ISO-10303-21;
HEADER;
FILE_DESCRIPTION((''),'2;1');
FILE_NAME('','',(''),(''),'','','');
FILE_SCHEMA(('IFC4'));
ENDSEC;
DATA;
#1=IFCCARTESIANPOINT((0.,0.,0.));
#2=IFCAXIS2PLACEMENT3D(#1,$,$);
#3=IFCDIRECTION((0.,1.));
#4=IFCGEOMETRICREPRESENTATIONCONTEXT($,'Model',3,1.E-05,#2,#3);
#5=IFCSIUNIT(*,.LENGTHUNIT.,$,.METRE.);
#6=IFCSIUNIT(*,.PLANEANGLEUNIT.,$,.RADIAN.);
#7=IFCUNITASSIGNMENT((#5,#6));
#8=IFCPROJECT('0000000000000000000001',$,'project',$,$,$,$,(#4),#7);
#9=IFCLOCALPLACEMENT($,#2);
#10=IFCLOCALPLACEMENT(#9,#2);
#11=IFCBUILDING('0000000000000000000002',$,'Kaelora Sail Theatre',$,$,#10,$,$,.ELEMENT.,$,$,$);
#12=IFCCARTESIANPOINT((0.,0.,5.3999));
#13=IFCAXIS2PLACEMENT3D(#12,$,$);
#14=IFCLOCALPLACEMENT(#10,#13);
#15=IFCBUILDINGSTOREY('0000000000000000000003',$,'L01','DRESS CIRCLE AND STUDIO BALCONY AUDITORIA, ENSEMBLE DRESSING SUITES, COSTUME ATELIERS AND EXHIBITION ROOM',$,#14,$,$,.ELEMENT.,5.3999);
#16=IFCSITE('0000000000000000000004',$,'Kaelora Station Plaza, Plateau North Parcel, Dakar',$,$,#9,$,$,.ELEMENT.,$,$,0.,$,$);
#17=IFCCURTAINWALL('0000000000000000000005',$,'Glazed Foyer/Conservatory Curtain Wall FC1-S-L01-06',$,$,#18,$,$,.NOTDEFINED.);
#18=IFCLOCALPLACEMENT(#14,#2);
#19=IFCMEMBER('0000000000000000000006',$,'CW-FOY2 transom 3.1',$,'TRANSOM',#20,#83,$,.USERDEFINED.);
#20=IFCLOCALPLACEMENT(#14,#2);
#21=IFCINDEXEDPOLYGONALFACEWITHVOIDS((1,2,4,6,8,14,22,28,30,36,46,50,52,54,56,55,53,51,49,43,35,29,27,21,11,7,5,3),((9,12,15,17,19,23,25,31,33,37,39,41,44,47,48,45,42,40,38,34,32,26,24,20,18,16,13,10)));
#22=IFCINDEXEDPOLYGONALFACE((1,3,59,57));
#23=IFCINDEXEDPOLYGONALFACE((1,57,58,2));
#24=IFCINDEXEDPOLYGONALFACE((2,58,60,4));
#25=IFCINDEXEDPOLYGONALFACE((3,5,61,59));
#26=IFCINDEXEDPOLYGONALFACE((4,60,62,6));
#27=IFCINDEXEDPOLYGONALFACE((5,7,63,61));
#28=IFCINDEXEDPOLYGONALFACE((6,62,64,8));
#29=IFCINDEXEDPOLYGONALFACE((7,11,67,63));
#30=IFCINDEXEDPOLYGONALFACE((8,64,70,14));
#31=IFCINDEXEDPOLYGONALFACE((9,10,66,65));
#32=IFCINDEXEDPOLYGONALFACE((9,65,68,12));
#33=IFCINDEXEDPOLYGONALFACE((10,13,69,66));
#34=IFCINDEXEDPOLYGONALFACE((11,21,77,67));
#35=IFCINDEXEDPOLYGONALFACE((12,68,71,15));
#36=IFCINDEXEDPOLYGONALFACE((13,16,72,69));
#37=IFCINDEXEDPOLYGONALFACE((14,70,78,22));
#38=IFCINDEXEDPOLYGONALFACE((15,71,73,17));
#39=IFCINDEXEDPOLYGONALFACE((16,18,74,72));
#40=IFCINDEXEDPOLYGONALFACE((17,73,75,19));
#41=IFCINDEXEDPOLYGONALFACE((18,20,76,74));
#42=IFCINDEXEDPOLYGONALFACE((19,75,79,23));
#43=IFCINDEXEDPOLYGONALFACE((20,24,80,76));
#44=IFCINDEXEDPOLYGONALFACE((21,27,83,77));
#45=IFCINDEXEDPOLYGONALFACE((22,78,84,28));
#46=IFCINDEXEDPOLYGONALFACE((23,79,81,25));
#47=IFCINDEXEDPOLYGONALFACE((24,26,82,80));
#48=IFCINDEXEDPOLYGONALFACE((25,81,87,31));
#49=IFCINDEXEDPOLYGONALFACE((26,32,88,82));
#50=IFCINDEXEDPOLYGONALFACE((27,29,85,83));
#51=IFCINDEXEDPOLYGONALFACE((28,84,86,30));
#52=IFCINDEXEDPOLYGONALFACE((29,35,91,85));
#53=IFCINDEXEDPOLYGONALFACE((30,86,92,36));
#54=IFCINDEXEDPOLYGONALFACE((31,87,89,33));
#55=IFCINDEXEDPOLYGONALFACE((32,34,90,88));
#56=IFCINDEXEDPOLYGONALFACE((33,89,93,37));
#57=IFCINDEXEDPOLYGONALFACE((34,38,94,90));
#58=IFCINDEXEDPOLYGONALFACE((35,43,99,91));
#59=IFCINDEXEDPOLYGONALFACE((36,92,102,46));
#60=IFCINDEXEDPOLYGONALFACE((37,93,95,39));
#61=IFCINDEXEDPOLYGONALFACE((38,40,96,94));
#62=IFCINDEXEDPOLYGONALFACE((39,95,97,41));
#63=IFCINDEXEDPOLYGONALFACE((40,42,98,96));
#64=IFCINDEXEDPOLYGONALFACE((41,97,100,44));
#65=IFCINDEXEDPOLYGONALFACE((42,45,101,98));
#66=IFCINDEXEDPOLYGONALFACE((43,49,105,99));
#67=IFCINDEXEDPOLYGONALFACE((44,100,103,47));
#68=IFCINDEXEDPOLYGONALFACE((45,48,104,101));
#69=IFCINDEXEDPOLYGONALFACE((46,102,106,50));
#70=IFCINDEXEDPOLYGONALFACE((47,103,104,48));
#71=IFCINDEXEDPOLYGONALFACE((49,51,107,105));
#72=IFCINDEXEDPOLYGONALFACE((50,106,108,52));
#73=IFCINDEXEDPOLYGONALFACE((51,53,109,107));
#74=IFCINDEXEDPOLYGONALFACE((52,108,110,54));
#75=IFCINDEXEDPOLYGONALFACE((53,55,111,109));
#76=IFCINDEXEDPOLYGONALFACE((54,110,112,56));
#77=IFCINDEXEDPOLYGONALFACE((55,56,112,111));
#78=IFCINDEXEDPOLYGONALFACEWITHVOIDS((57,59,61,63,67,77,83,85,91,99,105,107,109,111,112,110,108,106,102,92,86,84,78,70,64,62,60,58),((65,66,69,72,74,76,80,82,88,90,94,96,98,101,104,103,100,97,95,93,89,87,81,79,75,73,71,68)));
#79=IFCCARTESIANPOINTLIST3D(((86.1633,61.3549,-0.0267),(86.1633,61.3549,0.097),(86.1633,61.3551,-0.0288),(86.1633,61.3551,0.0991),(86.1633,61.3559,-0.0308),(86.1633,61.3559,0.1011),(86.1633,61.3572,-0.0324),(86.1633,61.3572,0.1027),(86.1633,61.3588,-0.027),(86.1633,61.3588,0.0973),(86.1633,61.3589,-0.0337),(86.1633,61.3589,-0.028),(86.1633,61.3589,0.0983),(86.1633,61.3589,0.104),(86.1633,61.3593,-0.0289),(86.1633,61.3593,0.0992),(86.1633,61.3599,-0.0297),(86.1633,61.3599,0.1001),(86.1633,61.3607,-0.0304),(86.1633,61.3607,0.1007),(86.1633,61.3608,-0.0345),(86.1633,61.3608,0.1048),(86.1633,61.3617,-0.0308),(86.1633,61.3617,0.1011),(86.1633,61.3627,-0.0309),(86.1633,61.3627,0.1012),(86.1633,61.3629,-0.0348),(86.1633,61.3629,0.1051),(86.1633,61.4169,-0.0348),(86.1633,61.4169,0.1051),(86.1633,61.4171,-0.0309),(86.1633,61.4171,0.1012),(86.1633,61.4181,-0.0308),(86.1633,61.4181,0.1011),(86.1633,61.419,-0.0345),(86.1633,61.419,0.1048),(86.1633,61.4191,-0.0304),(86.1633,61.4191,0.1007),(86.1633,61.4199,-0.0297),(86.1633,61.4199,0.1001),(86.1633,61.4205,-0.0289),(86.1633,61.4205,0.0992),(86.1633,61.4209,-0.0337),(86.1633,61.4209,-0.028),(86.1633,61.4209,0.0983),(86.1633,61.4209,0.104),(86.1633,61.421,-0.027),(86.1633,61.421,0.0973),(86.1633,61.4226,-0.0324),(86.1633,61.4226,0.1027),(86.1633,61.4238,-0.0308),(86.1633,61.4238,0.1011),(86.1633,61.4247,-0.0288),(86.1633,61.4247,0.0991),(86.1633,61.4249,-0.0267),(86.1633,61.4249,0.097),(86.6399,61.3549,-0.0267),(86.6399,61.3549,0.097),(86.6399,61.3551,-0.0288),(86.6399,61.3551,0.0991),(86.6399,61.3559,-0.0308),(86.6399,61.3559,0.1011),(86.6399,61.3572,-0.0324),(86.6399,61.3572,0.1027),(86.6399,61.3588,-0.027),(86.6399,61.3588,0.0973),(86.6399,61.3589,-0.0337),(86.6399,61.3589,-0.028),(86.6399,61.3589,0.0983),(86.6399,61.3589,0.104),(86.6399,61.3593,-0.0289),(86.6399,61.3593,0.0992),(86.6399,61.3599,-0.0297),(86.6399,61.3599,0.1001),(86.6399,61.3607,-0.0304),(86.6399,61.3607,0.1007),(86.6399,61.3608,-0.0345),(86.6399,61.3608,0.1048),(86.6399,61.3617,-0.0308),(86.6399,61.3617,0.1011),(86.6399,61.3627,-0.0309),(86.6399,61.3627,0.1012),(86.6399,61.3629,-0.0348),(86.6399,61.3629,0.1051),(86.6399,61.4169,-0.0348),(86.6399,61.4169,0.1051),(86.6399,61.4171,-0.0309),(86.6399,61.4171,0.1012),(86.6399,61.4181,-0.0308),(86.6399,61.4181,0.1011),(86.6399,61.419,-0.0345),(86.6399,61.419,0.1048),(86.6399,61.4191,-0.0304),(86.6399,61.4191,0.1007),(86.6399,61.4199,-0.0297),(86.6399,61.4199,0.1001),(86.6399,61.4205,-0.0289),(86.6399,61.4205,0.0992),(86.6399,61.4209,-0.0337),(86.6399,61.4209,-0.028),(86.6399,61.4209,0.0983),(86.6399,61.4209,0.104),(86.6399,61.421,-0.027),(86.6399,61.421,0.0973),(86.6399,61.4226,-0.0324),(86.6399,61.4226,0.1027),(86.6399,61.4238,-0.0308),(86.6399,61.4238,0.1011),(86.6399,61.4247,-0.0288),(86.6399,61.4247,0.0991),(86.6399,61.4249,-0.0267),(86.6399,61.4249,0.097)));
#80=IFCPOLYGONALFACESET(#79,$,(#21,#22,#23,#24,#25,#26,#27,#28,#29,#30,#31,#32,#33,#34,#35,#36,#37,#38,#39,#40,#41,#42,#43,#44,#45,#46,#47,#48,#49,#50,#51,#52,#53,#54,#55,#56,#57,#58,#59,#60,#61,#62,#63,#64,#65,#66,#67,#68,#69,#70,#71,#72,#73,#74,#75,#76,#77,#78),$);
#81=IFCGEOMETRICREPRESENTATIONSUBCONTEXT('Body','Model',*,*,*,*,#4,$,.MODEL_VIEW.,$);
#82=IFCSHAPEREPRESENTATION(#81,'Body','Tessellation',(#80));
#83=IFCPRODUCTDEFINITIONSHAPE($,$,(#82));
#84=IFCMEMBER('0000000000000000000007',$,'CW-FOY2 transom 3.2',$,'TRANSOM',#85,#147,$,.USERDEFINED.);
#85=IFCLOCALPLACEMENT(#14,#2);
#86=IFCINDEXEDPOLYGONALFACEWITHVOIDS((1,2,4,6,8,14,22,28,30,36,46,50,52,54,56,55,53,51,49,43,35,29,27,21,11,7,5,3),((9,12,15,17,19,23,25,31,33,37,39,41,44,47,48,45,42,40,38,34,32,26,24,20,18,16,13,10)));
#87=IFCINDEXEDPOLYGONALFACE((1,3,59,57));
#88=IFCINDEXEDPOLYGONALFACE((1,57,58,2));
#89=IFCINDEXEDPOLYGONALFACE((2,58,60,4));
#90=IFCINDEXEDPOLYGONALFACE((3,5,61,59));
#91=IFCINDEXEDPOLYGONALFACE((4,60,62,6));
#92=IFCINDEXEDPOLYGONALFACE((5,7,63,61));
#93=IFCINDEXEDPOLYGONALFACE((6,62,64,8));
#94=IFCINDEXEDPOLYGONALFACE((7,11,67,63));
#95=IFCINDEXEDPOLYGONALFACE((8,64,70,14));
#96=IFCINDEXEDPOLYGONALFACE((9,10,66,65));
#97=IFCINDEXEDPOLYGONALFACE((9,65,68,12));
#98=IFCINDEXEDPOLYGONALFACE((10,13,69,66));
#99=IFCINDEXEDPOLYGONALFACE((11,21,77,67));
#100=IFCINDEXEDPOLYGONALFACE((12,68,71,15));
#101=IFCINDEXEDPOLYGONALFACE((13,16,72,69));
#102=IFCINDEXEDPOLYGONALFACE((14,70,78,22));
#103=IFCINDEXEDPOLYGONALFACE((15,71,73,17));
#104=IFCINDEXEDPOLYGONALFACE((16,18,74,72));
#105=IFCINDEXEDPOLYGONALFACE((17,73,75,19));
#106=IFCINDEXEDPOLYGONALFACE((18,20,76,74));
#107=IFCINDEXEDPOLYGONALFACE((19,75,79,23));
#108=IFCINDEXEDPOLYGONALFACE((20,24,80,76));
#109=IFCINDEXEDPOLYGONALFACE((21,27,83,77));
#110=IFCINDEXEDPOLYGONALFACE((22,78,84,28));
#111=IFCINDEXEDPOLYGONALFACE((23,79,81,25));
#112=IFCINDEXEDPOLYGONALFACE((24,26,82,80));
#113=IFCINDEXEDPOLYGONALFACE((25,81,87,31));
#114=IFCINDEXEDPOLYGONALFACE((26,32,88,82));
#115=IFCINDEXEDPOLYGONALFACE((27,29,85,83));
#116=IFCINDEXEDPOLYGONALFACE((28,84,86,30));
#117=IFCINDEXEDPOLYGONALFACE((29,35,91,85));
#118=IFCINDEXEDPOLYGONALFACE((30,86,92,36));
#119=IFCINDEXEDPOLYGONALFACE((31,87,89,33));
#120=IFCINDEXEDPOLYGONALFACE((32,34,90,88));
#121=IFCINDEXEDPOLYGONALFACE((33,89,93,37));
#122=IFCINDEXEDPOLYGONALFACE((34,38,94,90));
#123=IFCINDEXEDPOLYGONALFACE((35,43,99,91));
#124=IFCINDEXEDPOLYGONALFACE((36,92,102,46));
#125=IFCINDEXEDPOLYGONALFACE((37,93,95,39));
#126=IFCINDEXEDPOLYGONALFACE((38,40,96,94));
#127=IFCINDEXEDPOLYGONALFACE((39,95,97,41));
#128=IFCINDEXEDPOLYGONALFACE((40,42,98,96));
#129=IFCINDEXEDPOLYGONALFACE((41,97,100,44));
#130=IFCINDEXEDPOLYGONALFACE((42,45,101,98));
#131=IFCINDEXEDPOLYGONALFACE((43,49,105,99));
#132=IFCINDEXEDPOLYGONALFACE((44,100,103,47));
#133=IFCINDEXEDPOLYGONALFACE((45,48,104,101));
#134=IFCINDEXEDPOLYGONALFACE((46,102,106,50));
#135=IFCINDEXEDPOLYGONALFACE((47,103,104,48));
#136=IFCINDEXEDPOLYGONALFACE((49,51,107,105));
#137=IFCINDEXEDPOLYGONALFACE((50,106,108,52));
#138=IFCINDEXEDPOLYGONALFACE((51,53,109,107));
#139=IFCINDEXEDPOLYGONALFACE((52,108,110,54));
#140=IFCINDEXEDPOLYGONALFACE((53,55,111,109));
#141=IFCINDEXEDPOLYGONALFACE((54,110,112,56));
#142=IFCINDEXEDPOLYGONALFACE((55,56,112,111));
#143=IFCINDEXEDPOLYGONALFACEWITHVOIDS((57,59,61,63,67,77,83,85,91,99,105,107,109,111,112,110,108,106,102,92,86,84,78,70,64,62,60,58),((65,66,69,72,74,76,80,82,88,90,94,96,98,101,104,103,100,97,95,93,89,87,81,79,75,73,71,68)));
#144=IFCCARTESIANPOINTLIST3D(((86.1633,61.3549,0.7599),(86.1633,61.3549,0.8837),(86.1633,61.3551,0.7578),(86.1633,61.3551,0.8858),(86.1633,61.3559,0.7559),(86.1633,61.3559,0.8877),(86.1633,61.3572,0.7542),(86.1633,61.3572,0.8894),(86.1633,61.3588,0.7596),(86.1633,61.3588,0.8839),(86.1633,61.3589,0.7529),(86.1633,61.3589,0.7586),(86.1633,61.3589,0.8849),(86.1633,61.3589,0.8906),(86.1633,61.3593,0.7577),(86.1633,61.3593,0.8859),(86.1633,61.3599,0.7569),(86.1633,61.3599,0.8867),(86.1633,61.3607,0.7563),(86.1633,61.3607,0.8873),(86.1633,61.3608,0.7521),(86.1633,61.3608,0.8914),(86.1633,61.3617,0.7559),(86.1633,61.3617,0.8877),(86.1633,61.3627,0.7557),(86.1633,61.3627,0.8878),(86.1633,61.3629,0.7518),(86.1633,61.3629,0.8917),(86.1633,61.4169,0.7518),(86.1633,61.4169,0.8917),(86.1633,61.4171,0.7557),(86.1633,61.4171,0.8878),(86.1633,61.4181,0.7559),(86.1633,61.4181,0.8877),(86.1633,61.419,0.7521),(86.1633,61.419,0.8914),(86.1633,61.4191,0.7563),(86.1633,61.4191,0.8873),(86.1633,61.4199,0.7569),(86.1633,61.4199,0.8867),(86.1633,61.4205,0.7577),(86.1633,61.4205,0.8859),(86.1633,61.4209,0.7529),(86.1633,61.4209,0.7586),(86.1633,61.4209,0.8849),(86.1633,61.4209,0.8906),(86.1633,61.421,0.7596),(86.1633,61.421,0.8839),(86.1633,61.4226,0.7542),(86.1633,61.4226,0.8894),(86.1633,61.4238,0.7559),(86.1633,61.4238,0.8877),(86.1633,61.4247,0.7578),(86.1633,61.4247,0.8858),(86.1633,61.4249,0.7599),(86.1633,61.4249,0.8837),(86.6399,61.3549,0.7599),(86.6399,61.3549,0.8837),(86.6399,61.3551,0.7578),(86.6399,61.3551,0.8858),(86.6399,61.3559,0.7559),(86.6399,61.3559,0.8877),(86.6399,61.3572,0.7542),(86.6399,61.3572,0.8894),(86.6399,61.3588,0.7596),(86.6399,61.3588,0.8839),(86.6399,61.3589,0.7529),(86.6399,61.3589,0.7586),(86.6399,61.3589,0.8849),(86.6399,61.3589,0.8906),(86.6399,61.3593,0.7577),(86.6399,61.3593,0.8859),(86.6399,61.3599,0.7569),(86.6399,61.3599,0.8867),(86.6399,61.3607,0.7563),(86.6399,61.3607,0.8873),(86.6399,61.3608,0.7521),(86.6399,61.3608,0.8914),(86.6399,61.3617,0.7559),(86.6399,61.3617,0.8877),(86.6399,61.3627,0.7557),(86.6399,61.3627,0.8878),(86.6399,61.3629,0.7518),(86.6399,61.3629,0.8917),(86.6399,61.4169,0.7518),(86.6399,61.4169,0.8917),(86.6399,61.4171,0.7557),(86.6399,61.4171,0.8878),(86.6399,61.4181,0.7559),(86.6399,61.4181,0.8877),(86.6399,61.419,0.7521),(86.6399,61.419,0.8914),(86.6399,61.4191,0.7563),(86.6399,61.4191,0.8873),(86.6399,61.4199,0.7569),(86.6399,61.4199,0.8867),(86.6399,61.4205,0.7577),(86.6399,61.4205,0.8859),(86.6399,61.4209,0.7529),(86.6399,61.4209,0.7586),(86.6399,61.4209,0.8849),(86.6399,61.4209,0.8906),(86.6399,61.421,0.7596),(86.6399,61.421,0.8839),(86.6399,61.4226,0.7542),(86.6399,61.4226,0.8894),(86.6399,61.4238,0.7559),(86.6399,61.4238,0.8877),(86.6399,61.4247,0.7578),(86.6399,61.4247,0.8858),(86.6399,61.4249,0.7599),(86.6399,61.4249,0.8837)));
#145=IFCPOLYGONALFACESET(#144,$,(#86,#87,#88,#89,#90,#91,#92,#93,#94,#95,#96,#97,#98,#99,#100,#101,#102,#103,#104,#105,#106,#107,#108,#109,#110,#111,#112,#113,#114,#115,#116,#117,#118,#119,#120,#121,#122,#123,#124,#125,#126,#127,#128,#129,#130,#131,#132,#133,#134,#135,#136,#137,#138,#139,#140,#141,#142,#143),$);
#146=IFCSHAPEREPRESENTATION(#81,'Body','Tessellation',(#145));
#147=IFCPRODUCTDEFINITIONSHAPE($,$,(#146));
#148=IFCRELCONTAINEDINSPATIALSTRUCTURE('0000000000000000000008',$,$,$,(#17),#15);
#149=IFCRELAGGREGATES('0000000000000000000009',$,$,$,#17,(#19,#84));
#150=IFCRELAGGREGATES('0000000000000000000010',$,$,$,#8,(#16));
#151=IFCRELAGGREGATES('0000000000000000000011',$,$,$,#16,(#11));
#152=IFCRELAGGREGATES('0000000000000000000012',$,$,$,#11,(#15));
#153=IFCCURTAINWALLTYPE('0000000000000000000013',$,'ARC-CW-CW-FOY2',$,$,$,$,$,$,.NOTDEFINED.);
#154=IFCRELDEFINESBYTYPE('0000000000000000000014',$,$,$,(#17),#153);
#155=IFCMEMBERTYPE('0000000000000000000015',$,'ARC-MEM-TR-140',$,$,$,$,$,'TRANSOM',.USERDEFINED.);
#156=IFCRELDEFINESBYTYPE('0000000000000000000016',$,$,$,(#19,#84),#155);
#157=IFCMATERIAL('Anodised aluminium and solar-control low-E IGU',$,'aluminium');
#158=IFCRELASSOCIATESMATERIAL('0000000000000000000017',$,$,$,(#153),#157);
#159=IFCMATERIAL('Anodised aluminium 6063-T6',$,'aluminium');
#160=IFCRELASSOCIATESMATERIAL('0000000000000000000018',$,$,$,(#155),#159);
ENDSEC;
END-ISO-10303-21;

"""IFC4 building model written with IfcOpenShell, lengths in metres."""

from ifc_helpers import new_model, si_unit, direction, frame, origin, origin_2d, place, context, subcontext, project, spatial, hollow_rectangle, extrude, material, material_profile, profile_set, type_object, element, aggregate, save


model = new_model("IFC4")

# Units and contexts
model_context = context("Model", 3, precision=1e-05, world=origin(), true_north=direction((0.0, 1.0)))
body_context = subcontext(model_context, "Body", "Model", "MODEL_VIEW")
ifc_project = project(units=[si_unit("LENGTHUNIT", "METRE"), si_unit("PLANEANGLEUNIT", "RADIAN")], contexts=[model_context])

# Site, building, storey
site_placement = place(None, origin())
site = spatial("IfcSite", under=ifc_project, at=site_placement, Name="Kaelora Station Plaza, Plateau North Parcel, Dakar", CompositionType="ELEMENT", RefElevation=0.0)
building_placement = place(site_placement, origin())
building = spatial("IfcBuilding", under=site, at=building_placement, Name="Kaelora Sail Theatre", CompositionType="ELEMENT")
storey_placement = place(building_placement, frame((0.0, 0.0, 5.3999)))
storey = spatial("IfcBuildingStorey", under=building, at=storey_placement, Name="L01", Description="DRESS CIRCLE AND STUDIO BALCONY AUDITORIA, ENSEMBLE DRESSING SUITES, COSTUME ATELIERS AND EXHIBITION ROOM", CompositionType="ELEMENT", Elevation=5.3999)

# Curtain wall
ifc_material_1 = material(Name="Anodised aluminium and solar-control low-E IGU", Category="aluminium")
curtain_wall_type = type_object("IfcCurtainWallType", Name="ARC-CW-CW-FOY2", PredefinedType="NOTDEFINED", material=ifc_material_1)
curtain_wall_1_placement = place(storey_placement, origin())
curtain_wall_1 = element("IfcCurtainWall", 1, at=curtain_wall_1_placement, inside=storey, type_object=curtain_wall_type, Name="Glazed Foyer/Conservatory Curtain Wall FC1-S-L01-06", PredefinedType="NOTDEFINED")

# Members
ifc_material_2 = material(Name="Anodised aluminium 6063-T6", Category="aluminium")
ifc_material_profile_1 = material_profile(ifc_material_2, hollow_rectangle(XDim=0.0701, YDim=0.1399, WallThickness=0.0039, InnerFilletRadius=0.0039, OuterFilletRadius=0.0081, at=origin_2d()), Name="ALU-TRAN 70x140x4")
ifc_profile_set_1 = profile_set([ifc_material_profile_1], Name="Anodised aluminium 6063-T6")
member_type_1 = type_object("IfcMemberType", Name="ARC-MEM-TR-140", ElementType="TRANSOM", PredefinedType="USERDEFINED", material=ifc_profile_set_1)
member_1_placement = place(storey_placement, frame((86.1633, 61.3899, 0.0352), z_axis=(1.0, 0.0, 0.0), x_axis=(0.0, 1.0, 0.0)))
member_1 = element("IfcMember", 2, at=member_1_placement, type_object=member_type_1, Name="CW-FOY2 transom 3.1", ObjectType="TRANSOM", PredefinedType="USERDEFINED", context=body_context, shape_type="SweptSolid", body=[
    extrude(hollow_rectangle(XDim=0.0701, YDim=0.1399, WallThickness=0.0039, InnerFilletRadius=0.0039, OuterFilletRadius=0.0081, at=origin_2d()), origin(), (0.0, 0.0, 1.0), 0.4766),
])
member_2_placement = place(storey_placement, frame((86.1633, 61.3899, 0.8218), z_axis=(1.0, 0.0, 0.0), x_axis=(0.0, 1.0, 0.0)))
member_2 = element("IfcMember", 3, at=member_2_placement, type_object=member_type_1, Name="CW-FOY2 transom 3.2", ObjectType="TRANSOM", PredefinedType="USERDEFINED", context=body_context, shape_type="SweptSolid", body=[
    extrude(hollow_rectangle(XDim=0.0701, YDim=0.1399, WallThickness=0.0039, InnerFilletRadius=0.0039, OuterFilletRadius=0.0081, at=origin_2d()), origin(), (0.0, 0.0, 1.0), 0.4766),
])

aggregate(curtain_wall_1, [member_1, member_2])

save(model, "model.ifc")
